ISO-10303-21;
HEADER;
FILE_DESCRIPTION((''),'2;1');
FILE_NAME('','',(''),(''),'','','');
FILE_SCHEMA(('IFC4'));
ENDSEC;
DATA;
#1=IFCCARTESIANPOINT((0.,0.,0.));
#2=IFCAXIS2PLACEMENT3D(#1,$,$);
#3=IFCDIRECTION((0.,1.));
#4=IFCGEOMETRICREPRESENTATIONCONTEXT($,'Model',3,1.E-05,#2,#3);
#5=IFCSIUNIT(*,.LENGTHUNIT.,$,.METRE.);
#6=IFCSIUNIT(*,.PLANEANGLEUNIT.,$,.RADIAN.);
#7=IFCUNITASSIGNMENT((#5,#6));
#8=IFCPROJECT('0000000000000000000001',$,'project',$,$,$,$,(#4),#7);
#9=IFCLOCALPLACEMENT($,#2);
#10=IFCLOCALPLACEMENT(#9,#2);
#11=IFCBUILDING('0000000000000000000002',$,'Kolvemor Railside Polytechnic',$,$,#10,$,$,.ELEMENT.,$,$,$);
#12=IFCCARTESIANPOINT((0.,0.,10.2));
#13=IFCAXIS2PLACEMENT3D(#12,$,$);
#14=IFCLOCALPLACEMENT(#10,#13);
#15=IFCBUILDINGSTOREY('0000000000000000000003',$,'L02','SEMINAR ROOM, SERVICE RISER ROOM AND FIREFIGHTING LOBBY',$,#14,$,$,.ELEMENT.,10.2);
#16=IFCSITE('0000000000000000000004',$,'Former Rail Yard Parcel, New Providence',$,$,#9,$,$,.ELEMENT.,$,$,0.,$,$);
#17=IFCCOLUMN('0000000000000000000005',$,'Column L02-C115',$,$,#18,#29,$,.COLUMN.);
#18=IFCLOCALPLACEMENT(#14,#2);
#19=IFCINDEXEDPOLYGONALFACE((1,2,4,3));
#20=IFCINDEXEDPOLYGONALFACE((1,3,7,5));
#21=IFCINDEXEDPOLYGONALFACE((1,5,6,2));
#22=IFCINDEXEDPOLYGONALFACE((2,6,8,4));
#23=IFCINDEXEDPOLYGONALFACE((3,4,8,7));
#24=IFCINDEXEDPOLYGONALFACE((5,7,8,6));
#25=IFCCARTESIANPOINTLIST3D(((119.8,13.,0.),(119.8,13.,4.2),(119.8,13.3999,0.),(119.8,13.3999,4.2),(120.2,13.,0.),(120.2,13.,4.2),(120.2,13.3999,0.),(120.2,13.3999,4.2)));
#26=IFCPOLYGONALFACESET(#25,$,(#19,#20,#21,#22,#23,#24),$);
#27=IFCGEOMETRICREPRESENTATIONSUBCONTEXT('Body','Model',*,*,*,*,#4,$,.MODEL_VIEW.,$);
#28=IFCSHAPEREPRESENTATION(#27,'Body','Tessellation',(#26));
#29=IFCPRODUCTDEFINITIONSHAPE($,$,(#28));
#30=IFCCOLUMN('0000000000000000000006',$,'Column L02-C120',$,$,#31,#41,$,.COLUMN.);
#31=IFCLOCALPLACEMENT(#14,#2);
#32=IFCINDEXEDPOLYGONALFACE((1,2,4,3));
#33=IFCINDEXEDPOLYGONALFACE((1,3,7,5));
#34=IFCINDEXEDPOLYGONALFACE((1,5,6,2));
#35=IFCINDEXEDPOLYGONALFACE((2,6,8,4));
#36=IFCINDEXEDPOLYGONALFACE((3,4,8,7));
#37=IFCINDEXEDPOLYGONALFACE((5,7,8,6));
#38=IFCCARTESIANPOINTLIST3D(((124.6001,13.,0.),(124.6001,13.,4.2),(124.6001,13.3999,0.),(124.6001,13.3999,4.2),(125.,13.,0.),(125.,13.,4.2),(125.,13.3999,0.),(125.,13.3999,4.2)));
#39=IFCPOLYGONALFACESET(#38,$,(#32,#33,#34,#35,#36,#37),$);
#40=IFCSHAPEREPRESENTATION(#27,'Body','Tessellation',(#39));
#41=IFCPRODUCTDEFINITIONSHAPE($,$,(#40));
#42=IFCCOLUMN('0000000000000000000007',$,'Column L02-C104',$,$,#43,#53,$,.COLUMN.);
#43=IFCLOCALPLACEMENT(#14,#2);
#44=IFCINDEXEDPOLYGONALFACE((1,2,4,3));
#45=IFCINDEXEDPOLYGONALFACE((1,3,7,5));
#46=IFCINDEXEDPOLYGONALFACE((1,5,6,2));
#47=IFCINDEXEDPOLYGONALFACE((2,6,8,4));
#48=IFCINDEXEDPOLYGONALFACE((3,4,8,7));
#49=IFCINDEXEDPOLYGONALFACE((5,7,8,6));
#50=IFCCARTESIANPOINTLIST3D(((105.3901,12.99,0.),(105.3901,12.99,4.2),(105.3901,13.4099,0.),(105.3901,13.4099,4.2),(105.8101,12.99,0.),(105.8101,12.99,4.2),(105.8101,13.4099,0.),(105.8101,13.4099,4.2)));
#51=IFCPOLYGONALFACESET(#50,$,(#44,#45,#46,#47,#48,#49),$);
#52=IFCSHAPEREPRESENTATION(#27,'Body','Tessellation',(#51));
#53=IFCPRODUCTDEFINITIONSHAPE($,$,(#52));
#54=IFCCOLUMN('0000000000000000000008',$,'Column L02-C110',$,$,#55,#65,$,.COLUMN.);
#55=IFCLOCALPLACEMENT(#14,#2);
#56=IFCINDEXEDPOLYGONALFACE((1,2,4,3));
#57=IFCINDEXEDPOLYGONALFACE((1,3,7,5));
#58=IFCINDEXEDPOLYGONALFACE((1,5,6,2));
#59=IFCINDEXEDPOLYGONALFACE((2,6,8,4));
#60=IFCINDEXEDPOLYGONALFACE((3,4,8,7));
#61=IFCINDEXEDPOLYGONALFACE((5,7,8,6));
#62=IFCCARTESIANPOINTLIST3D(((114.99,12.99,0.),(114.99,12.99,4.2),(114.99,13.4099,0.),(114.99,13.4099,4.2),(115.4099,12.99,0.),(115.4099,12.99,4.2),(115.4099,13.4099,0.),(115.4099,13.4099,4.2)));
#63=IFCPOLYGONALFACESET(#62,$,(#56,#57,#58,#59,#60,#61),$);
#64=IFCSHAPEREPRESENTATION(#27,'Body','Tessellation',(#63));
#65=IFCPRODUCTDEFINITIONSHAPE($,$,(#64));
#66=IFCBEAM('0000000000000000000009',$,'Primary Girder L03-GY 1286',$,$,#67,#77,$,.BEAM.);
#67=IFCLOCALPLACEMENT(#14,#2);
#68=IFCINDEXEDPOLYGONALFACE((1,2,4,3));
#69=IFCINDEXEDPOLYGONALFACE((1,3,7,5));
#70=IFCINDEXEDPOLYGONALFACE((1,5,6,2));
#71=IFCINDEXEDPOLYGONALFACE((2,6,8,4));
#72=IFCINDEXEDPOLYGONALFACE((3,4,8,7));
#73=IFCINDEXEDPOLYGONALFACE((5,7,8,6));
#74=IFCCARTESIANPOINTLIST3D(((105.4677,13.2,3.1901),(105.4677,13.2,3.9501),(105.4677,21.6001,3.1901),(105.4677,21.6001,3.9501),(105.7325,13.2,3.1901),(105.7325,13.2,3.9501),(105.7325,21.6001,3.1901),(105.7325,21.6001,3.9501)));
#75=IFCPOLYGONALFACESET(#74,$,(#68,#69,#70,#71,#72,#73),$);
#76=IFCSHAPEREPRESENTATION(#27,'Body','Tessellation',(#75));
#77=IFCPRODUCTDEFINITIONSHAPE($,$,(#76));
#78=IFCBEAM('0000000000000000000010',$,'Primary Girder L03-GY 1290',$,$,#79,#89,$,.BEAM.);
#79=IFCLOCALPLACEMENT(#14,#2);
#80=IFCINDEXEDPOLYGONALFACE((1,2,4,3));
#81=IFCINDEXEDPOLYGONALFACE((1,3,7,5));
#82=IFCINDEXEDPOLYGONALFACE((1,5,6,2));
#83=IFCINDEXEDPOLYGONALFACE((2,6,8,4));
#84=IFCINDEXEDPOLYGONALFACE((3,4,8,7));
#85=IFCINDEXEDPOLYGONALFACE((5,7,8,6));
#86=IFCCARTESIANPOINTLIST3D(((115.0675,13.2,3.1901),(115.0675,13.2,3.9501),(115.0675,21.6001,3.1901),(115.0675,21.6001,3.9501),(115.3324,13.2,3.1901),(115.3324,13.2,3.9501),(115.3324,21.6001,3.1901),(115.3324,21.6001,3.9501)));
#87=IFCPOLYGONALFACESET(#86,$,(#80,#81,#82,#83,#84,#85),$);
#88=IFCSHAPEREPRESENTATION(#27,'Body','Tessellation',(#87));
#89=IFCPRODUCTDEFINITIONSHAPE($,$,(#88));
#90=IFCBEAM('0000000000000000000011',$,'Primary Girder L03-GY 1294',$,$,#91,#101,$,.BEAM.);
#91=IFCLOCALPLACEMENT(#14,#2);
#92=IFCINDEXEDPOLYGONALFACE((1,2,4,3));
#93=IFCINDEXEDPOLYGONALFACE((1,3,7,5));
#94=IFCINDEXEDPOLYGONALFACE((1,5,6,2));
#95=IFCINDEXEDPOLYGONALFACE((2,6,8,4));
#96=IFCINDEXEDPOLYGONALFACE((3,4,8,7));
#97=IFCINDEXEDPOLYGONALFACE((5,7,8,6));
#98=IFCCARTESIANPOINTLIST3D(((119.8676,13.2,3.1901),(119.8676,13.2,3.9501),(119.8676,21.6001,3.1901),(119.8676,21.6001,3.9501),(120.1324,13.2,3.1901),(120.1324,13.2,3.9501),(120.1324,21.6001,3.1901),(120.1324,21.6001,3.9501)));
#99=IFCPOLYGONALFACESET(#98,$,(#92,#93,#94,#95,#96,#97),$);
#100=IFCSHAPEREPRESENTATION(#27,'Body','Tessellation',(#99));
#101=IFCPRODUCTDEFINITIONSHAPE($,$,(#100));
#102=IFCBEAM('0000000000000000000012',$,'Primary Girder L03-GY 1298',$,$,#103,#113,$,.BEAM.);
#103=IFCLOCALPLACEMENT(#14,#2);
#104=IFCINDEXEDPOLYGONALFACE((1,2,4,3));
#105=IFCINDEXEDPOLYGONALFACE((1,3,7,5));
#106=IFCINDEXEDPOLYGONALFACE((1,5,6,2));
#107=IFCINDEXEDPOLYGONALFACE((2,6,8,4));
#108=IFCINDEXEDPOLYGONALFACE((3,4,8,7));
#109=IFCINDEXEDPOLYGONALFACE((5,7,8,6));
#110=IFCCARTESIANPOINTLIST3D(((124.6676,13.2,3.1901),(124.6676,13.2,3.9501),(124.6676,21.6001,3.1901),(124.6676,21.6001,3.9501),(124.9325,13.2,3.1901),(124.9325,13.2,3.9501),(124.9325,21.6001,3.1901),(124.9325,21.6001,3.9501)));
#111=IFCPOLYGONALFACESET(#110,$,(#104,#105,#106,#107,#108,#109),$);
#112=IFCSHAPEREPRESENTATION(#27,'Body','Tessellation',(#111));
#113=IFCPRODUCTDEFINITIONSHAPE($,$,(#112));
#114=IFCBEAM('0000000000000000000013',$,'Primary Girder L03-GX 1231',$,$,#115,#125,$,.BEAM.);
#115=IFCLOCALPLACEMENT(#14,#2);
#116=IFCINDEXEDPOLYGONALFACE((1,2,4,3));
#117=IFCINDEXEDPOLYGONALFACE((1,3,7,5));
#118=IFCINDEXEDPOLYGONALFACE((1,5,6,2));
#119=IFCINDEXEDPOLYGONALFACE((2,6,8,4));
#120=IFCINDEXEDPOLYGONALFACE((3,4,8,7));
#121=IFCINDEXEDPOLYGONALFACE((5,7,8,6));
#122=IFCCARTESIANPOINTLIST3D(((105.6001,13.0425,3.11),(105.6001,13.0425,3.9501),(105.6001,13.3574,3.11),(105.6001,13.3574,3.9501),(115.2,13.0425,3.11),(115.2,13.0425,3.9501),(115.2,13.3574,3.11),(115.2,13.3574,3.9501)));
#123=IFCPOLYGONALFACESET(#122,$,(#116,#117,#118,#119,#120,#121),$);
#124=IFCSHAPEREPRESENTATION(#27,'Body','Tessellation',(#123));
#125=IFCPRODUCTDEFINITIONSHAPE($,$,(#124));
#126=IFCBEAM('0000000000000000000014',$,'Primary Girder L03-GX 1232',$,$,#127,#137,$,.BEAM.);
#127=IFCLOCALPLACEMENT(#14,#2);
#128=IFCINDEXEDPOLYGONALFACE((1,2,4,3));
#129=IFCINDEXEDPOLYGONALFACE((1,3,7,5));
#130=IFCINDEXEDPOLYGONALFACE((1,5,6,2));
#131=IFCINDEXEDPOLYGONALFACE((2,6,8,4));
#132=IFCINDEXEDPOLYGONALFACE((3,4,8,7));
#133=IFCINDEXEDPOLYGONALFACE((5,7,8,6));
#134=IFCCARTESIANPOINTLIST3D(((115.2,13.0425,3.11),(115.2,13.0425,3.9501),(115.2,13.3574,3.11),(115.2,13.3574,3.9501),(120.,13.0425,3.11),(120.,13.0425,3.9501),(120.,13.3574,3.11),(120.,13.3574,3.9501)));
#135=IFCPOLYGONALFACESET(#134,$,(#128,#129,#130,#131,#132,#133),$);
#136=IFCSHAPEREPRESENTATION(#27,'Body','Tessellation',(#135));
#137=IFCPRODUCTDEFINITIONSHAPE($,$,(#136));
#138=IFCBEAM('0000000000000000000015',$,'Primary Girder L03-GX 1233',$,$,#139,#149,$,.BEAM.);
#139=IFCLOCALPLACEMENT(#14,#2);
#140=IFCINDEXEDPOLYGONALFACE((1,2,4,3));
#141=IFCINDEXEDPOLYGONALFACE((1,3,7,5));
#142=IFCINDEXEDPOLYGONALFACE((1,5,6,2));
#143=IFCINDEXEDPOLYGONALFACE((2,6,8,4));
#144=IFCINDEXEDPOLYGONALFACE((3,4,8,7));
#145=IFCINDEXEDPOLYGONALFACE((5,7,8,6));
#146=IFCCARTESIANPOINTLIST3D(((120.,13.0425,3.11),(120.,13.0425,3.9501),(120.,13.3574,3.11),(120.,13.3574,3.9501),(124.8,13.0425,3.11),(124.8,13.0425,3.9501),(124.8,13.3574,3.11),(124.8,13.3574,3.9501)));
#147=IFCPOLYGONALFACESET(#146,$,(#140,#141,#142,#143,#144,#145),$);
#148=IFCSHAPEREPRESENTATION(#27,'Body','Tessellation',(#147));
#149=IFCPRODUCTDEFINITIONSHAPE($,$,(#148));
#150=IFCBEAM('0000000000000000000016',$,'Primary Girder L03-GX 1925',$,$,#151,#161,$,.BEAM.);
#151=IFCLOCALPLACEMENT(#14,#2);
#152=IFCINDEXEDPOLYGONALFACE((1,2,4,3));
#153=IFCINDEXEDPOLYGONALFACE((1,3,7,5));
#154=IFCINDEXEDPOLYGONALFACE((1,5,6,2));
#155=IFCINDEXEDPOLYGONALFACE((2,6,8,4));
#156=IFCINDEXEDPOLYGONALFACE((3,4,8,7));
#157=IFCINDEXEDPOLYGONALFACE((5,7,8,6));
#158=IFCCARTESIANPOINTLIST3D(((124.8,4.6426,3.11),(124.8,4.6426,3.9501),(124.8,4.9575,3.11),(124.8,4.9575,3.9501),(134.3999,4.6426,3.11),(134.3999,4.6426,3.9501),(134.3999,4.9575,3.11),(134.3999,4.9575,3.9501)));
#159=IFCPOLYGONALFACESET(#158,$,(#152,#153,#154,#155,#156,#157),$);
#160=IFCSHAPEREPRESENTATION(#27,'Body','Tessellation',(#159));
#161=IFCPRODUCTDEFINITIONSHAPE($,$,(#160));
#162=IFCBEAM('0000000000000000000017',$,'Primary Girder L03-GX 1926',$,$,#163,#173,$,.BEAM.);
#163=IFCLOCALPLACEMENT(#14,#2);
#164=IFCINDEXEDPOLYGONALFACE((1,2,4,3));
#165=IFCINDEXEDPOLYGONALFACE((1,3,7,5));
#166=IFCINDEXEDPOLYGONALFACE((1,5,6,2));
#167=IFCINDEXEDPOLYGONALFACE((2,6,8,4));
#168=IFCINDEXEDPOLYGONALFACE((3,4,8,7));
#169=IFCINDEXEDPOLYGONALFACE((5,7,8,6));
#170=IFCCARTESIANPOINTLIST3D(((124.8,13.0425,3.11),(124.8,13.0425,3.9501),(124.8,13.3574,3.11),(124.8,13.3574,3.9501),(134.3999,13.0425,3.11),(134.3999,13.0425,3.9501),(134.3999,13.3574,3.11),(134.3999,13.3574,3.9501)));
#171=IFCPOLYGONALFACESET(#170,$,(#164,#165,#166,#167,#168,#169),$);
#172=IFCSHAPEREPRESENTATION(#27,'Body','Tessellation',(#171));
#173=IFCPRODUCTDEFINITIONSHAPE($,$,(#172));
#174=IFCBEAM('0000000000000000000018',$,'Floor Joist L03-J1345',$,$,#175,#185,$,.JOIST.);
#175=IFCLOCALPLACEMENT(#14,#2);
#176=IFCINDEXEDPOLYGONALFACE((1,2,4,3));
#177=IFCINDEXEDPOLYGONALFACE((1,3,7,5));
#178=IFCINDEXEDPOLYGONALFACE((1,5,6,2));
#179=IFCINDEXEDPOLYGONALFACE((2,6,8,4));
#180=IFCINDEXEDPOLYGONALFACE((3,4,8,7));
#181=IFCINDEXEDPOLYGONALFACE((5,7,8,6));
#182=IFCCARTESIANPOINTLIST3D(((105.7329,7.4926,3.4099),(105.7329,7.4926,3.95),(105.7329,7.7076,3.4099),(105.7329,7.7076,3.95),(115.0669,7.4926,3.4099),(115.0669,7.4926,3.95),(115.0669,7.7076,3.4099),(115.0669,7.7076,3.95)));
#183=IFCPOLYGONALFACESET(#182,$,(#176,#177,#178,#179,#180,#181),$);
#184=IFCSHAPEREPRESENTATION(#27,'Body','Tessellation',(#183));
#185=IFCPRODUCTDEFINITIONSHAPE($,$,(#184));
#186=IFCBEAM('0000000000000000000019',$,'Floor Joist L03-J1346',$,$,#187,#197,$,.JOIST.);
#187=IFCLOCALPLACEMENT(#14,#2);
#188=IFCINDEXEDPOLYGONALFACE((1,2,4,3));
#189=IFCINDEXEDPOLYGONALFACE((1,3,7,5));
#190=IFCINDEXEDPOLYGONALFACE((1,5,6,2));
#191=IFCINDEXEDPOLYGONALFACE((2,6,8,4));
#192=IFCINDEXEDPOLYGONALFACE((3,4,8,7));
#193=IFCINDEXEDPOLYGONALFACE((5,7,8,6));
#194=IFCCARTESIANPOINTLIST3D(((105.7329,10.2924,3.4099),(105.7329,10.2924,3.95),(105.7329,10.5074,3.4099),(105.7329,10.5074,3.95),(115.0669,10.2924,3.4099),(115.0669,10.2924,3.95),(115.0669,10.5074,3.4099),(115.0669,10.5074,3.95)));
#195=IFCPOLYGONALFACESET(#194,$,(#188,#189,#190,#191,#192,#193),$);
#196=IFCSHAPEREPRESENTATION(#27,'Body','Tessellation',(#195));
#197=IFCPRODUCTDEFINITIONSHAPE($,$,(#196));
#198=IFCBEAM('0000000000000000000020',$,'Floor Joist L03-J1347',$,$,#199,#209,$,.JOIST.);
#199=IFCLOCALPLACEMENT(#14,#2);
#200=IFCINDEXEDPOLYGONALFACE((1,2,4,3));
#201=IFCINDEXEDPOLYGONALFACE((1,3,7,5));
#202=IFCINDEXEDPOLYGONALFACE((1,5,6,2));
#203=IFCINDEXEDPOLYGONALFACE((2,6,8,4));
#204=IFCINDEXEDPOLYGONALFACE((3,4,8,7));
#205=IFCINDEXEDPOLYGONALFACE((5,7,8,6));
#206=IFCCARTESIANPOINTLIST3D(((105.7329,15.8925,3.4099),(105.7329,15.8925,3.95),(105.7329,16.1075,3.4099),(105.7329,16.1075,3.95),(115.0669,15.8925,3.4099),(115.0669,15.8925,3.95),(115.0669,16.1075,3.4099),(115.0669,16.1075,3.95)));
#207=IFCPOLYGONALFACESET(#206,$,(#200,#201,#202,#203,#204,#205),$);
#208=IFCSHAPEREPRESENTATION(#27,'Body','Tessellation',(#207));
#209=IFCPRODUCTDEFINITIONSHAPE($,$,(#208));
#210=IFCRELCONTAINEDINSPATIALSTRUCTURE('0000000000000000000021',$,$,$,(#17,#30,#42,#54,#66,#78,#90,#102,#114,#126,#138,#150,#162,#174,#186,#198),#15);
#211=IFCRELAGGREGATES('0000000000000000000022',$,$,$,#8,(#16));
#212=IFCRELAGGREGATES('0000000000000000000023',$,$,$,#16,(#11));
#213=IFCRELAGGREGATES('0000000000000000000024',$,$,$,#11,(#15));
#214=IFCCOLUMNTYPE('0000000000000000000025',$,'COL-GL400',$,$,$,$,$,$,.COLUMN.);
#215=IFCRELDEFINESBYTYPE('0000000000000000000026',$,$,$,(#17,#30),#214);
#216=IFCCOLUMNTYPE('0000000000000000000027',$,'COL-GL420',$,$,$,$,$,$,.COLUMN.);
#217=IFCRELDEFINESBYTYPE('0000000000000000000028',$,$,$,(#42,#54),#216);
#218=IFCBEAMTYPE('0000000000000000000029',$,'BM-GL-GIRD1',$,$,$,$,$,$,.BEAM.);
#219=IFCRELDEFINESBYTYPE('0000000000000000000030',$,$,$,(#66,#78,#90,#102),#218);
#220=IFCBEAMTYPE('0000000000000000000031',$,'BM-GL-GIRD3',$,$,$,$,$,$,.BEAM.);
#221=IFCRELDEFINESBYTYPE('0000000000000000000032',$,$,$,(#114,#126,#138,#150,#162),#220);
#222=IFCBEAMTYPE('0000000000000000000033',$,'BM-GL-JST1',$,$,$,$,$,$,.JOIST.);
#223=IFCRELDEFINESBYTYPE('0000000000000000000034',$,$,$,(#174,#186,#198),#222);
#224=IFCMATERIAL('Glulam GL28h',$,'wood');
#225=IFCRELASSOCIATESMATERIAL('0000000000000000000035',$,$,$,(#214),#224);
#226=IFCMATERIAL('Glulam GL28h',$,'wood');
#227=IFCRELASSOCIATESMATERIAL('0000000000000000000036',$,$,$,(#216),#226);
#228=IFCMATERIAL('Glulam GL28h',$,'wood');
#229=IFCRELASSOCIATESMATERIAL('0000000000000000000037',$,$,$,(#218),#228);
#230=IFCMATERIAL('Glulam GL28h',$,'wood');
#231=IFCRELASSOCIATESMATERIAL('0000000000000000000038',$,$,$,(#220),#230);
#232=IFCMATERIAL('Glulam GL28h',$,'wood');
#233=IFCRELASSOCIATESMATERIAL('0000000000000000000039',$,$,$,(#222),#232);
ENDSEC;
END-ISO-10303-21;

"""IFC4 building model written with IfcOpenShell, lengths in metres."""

from ifc_helpers import new_model, si_unit, direction, frame, origin, origin_2d, place, context, subcontext, project, spatial, rectangle, extrude, material, material_profile, profile_set, type_object, element, save


model = new_model("IFC4")

# Units and contexts
model_context = context("Model", 3, precision=1e-05, world=origin(), true_north=direction((0.0, 1.0)))
body_context = subcontext(model_context, "Body", "Model", "MODEL_VIEW")
ifc_project = project(units=[si_unit("LENGTHUNIT", "METRE"), si_unit("PLANEANGLEUNIT", "RADIAN")], contexts=[model_context])

# Site, building, storey
site_placement = place(None, origin())
site = spatial("IfcSite", under=ifc_project, at=site_placement, Name="Former Rail Yard Parcel, New Providence", CompositionType="ELEMENT", RefElevation=0.0)
building_placement = place(site_placement, origin())
building = spatial("IfcBuilding", under=site, at=building_placement, Name="Kolvemor Railside Polytechnic", CompositionType="ELEMENT")
storey_placement = place(building_placement, frame((0.0, 0.0, 10.2)))
storey = spatial("IfcBuildingStorey", under=building, at=storey_placement, Name="L02", Description="SEMINAR ROOM, SERVICE RISER ROOM AND FIREFIGHTING LOBBY", CompositionType="ELEMENT", Elevation=10.2)

# Columns
ifc_material_1 = material(Name="Glulam GL28h", Category="wood")
ifc_material_profile_1 = material_profile(ifc_material_1, rectangle(XDim=0.3999, YDim=0.3999, at=origin_2d()), Name="GL400x400")
ifc_profile_set_1 = profile_set([ifc_material_profile_1], Name="Glulam GL28h")
column_type_1 = type_object("IfcColumnType", Name="COL-GL400", PredefinedType="COLUMN", material=ifc_profile_set_1)
for number, where, z_axis, x_axis, name in (
    (1, (120.0, 13.2, 0.0), (0.0, 0.0, 1.0), (1.0, 0.0, 0.0), "Column L02-C115"),
    (2, (124.8, 13.2, 0.0), (0.0, 0.0, 1.0), (1.0, 0.0, 0.0), "Column L02-C120"),
):
    element("IfcColumn", number, at=place(storey_placement, frame(where, z_axis=z_axis, x_axis=x_axis)), inside=storey, type_object=column_type_1, Name=name, PredefinedType="COLUMN", context=body_context, shape_type="SweptSolid", body=[
        extrude(rectangle(XDim=0.3999, YDim=0.3999, at=origin_2d()), origin(), (0.0, 0.0, 1.0), 4.2),
    ])
ifc_material_2 = material(Name="Glulam GL28h", Category="wood")
ifc_material_profile_2 = material_profile(ifc_material_2, rectangle(XDim=0.4199, YDim=0.4199, at=origin_2d()), Name="GL420x420")
ifc_profile_set_2 = profile_set([ifc_material_profile_2], Name="Glulam GL28h")
column_type_2 = type_object("IfcColumnType", Name="COL-GL420", PredefinedType="COLUMN", material=ifc_profile_set_2)
for number, where, z_axis, x_axis, name in (
    (3, (105.6001, 13.2, 0.0), (0.0, 0.0, 1.0), (1.0, 0.0, 0.0), "Column L02-C104"),
    (4, (115.2, 13.2, 0.0), (0.0, 0.0, 1.0), (1.0, 0.0, 0.0), "Column L02-C110"),
):
    element("IfcColumn", number, at=place(storey_placement, frame(where, z_axis=z_axis, x_axis=x_axis)), inside=storey, type_object=column_type_2, Name=name, PredefinedType="COLUMN", context=body_context, shape_type="SweptSolid", body=[
        extrude(rectangle(XDim=0.4199, YDim=0.4199, at=origin_2d()), origin(), (0.0, 0.0, 1.0), 4.2),
    ])

# Beams
ifc_material_3 = material(Name="Glulam GL28h", Category="wood")
ifc_material_profile_3 = material_profile(ifc_material_3, rectangle(XDim=0.2649, YDim=0.76, at=origin_2d()), Name="GL265x760")
ifc_profile_set_3 = profile_set([ifc_material_profile_3], Name="Glulam GL28h")
beam_type_1 = type_object("IfcBeamType", Name="BM-GL-GIRD1", PredefinedType="BEAM", material=ifc_profile_set_3)
for number, where, z_axis, x_axis, name in (
    (5, (105.6001, 13.2, 3.5701), (0.0, 1.0, 0.0), (-1.0, 0.0, 0.0), "Primary Girder L03-GY 1286"),
    (6, (115.2, 13.2, 3.5701), (0.0, 1.0, 0.0), (-1.0, 0.0, 0.0), "Primary Girder L03-GY 1290"),
    (7, (120.0, 13.2, 3.5701), (0.0, 1.0, 0.0), (-1.0, 0.0, 0.0), "Primary Girder L03-GY 1294"),
    (8, (124.8, 13.2, 3.5701), (0.0, 1.0, 0.0), (-1.0, 0.0, 0.0), "Primary Girder L03-GY 1298"),
):
    element("IfcBeam", number, at=place(storey_placement, frame(where, z_axis=z_axis, x_axis=x_axis)), inside=storey, type_object=beam_type_1, Name=name, PredefinedType="BEAM", context=body_context, shape_type="SweptSolid", body=[
        extrude(rectangle(XDim=0.2649, YDim=0.76, at=origin_2d()), origin(), (0.0, 0.0, 1.0), 8.4001),
    ])
ifc_material_4 = material(Name="Glulam GL28h", Category="wood")
ifc_material_profile_4 = material_profile(ifc_material_4, rectangle(XDim=0.3149, YDim=0.8401, at=origin_2d()), Name="GL315x840")
ifc_profile_set_4 = profile_set([ifc_material_profile_4], Name="Glulam GL28h")
beam_type_2 = type_object("IfcBeamType", Name="BM-GL-GIRD3", PredefinedType="BEAM", material=ifc_profile_set_4)
beam_placement = place(storey_placement, frame((105.6001, 13.2, 3.53), z_axis=(1.0, 0.0, 0.0), x_axis=(0.0, 1.0, 0.0)))
element("IfcBeam", 9, at=beam_placement, inside=storey, type_object=beam_type_2, Name="Primary Girder L03-GX 1231", PredefinedType="BEAM", context=body_context, shape_type="SweptSolid", body=[
    extrude(rectangle(XDim=0.3149, YDim=0.8401, at=origin_2d()), origin(), (0.0, 0.0, 1.0), 9.5999),
])
for number, where, z_axis, x_axis, name in (
    (10, (115.2, 13.2, 3.53), (1.0, 0.0, 0.0), (0.0, 1.0, 0.0), "Primary Girder L03-GX 1232"),
    (11, (120.0, 13.2, 3.53), (1.0, 0.0, 0.0), (0.0, 1.0, 0.0), "Primary Girder L03-GX 1233"),
):
    element("IfcBeam", number, at=place(storey_placement, frame(where, z_axis=z_axis, x_axis=x_axis)), inside=storey, type_object=beam_type_2, Name=name, PredefinedType="BEAM", context=body_context, shape_type="SweptSolid", body=[
        extrude(rectangle(XDim=0.3149, YDim=0.8401, at=origin_2d()), origin(), (0.0, 0.0, 1.0), 4.8),
    ])
for number, where, z_axis, x_axis, name in (
    (12, (124.8, 4.8, 3.53), (1.0, 0.0, 0.0), (0.0, 1.0, 0.0), "Primary Girder L03-GX 1925"),
    (13, (124.8, 13.2, 3.53), (1.0, 0.0, 0.0), (0.0, 1.0, 0.0), "Primary Girder L03-GX 1926"),
):
    element("IfcBeam", number, at=place(storey_placement, frame(where, z_axis=z_axis, x_axis=x_axis)), inside=storey, type_object=beam_type_2, Name=name, PredefinedType="BEAM", context=body_context, shape_type="SweptSolid", body=[
        extrude(rectangle(XDim=0.3149, YDim=0.8401, at=origin_2d()), origin(), (0.0, 0.0, 1.0), 9.5999),
    ])
ifc_material_5 = material(Name="Glulam GL28h", Category="wood")
ifc_material_profile_5 = material_profile(ifc_material_5, rectangle(XDim=0.2151, YDim=0.54, at=origin_2d()), Name="GL215x540")
ifc_profile_set_5 = profile_set([ifc_material_profile_5], Name="Glulam GL28h")
beam_type_3 = type_object("IfcBeamType", Name="BM-GL-JST1", PredefinedType="JOIST", material=ifc_profile_set_5)
for number, where, z_axis, x_axis, name in (
    (14, (105.7329, 7.6001, 3.6799), (1.0, 0.0, 0.0), (0.0, 1.0, 0.0), "Floor Joist L03-J1345"),
    (15, (105.7329, 10.3999, 3.6799), (1.0, 0.0, 0.0), (0.0, 1.0, 0.0), "Floor Joist L03-J1346"),
    (16, (105.7329, 16.0, 3.6799), (1.0, 0.0, 0.0), (0.0, 1.0, 0.0), "Floor Joist L03-J1347"),
):
    element("IfcBeam", number, at=place(storey_placement, frame(where, z_axis=z_axis, x_axis=x_axis)), inside=storey, type_object=beam_type_3, Name=name, PredefinedType="JOIST", context=body_context, shape_type="SweptSolid", body=[
        extrude(rectangle(XDim=0.2151, YDim=0.54, at=origin_2d()), origin(), (0.0, 0.0, 1.0), 9.334),
    ])

save(model, "model.ifc")
